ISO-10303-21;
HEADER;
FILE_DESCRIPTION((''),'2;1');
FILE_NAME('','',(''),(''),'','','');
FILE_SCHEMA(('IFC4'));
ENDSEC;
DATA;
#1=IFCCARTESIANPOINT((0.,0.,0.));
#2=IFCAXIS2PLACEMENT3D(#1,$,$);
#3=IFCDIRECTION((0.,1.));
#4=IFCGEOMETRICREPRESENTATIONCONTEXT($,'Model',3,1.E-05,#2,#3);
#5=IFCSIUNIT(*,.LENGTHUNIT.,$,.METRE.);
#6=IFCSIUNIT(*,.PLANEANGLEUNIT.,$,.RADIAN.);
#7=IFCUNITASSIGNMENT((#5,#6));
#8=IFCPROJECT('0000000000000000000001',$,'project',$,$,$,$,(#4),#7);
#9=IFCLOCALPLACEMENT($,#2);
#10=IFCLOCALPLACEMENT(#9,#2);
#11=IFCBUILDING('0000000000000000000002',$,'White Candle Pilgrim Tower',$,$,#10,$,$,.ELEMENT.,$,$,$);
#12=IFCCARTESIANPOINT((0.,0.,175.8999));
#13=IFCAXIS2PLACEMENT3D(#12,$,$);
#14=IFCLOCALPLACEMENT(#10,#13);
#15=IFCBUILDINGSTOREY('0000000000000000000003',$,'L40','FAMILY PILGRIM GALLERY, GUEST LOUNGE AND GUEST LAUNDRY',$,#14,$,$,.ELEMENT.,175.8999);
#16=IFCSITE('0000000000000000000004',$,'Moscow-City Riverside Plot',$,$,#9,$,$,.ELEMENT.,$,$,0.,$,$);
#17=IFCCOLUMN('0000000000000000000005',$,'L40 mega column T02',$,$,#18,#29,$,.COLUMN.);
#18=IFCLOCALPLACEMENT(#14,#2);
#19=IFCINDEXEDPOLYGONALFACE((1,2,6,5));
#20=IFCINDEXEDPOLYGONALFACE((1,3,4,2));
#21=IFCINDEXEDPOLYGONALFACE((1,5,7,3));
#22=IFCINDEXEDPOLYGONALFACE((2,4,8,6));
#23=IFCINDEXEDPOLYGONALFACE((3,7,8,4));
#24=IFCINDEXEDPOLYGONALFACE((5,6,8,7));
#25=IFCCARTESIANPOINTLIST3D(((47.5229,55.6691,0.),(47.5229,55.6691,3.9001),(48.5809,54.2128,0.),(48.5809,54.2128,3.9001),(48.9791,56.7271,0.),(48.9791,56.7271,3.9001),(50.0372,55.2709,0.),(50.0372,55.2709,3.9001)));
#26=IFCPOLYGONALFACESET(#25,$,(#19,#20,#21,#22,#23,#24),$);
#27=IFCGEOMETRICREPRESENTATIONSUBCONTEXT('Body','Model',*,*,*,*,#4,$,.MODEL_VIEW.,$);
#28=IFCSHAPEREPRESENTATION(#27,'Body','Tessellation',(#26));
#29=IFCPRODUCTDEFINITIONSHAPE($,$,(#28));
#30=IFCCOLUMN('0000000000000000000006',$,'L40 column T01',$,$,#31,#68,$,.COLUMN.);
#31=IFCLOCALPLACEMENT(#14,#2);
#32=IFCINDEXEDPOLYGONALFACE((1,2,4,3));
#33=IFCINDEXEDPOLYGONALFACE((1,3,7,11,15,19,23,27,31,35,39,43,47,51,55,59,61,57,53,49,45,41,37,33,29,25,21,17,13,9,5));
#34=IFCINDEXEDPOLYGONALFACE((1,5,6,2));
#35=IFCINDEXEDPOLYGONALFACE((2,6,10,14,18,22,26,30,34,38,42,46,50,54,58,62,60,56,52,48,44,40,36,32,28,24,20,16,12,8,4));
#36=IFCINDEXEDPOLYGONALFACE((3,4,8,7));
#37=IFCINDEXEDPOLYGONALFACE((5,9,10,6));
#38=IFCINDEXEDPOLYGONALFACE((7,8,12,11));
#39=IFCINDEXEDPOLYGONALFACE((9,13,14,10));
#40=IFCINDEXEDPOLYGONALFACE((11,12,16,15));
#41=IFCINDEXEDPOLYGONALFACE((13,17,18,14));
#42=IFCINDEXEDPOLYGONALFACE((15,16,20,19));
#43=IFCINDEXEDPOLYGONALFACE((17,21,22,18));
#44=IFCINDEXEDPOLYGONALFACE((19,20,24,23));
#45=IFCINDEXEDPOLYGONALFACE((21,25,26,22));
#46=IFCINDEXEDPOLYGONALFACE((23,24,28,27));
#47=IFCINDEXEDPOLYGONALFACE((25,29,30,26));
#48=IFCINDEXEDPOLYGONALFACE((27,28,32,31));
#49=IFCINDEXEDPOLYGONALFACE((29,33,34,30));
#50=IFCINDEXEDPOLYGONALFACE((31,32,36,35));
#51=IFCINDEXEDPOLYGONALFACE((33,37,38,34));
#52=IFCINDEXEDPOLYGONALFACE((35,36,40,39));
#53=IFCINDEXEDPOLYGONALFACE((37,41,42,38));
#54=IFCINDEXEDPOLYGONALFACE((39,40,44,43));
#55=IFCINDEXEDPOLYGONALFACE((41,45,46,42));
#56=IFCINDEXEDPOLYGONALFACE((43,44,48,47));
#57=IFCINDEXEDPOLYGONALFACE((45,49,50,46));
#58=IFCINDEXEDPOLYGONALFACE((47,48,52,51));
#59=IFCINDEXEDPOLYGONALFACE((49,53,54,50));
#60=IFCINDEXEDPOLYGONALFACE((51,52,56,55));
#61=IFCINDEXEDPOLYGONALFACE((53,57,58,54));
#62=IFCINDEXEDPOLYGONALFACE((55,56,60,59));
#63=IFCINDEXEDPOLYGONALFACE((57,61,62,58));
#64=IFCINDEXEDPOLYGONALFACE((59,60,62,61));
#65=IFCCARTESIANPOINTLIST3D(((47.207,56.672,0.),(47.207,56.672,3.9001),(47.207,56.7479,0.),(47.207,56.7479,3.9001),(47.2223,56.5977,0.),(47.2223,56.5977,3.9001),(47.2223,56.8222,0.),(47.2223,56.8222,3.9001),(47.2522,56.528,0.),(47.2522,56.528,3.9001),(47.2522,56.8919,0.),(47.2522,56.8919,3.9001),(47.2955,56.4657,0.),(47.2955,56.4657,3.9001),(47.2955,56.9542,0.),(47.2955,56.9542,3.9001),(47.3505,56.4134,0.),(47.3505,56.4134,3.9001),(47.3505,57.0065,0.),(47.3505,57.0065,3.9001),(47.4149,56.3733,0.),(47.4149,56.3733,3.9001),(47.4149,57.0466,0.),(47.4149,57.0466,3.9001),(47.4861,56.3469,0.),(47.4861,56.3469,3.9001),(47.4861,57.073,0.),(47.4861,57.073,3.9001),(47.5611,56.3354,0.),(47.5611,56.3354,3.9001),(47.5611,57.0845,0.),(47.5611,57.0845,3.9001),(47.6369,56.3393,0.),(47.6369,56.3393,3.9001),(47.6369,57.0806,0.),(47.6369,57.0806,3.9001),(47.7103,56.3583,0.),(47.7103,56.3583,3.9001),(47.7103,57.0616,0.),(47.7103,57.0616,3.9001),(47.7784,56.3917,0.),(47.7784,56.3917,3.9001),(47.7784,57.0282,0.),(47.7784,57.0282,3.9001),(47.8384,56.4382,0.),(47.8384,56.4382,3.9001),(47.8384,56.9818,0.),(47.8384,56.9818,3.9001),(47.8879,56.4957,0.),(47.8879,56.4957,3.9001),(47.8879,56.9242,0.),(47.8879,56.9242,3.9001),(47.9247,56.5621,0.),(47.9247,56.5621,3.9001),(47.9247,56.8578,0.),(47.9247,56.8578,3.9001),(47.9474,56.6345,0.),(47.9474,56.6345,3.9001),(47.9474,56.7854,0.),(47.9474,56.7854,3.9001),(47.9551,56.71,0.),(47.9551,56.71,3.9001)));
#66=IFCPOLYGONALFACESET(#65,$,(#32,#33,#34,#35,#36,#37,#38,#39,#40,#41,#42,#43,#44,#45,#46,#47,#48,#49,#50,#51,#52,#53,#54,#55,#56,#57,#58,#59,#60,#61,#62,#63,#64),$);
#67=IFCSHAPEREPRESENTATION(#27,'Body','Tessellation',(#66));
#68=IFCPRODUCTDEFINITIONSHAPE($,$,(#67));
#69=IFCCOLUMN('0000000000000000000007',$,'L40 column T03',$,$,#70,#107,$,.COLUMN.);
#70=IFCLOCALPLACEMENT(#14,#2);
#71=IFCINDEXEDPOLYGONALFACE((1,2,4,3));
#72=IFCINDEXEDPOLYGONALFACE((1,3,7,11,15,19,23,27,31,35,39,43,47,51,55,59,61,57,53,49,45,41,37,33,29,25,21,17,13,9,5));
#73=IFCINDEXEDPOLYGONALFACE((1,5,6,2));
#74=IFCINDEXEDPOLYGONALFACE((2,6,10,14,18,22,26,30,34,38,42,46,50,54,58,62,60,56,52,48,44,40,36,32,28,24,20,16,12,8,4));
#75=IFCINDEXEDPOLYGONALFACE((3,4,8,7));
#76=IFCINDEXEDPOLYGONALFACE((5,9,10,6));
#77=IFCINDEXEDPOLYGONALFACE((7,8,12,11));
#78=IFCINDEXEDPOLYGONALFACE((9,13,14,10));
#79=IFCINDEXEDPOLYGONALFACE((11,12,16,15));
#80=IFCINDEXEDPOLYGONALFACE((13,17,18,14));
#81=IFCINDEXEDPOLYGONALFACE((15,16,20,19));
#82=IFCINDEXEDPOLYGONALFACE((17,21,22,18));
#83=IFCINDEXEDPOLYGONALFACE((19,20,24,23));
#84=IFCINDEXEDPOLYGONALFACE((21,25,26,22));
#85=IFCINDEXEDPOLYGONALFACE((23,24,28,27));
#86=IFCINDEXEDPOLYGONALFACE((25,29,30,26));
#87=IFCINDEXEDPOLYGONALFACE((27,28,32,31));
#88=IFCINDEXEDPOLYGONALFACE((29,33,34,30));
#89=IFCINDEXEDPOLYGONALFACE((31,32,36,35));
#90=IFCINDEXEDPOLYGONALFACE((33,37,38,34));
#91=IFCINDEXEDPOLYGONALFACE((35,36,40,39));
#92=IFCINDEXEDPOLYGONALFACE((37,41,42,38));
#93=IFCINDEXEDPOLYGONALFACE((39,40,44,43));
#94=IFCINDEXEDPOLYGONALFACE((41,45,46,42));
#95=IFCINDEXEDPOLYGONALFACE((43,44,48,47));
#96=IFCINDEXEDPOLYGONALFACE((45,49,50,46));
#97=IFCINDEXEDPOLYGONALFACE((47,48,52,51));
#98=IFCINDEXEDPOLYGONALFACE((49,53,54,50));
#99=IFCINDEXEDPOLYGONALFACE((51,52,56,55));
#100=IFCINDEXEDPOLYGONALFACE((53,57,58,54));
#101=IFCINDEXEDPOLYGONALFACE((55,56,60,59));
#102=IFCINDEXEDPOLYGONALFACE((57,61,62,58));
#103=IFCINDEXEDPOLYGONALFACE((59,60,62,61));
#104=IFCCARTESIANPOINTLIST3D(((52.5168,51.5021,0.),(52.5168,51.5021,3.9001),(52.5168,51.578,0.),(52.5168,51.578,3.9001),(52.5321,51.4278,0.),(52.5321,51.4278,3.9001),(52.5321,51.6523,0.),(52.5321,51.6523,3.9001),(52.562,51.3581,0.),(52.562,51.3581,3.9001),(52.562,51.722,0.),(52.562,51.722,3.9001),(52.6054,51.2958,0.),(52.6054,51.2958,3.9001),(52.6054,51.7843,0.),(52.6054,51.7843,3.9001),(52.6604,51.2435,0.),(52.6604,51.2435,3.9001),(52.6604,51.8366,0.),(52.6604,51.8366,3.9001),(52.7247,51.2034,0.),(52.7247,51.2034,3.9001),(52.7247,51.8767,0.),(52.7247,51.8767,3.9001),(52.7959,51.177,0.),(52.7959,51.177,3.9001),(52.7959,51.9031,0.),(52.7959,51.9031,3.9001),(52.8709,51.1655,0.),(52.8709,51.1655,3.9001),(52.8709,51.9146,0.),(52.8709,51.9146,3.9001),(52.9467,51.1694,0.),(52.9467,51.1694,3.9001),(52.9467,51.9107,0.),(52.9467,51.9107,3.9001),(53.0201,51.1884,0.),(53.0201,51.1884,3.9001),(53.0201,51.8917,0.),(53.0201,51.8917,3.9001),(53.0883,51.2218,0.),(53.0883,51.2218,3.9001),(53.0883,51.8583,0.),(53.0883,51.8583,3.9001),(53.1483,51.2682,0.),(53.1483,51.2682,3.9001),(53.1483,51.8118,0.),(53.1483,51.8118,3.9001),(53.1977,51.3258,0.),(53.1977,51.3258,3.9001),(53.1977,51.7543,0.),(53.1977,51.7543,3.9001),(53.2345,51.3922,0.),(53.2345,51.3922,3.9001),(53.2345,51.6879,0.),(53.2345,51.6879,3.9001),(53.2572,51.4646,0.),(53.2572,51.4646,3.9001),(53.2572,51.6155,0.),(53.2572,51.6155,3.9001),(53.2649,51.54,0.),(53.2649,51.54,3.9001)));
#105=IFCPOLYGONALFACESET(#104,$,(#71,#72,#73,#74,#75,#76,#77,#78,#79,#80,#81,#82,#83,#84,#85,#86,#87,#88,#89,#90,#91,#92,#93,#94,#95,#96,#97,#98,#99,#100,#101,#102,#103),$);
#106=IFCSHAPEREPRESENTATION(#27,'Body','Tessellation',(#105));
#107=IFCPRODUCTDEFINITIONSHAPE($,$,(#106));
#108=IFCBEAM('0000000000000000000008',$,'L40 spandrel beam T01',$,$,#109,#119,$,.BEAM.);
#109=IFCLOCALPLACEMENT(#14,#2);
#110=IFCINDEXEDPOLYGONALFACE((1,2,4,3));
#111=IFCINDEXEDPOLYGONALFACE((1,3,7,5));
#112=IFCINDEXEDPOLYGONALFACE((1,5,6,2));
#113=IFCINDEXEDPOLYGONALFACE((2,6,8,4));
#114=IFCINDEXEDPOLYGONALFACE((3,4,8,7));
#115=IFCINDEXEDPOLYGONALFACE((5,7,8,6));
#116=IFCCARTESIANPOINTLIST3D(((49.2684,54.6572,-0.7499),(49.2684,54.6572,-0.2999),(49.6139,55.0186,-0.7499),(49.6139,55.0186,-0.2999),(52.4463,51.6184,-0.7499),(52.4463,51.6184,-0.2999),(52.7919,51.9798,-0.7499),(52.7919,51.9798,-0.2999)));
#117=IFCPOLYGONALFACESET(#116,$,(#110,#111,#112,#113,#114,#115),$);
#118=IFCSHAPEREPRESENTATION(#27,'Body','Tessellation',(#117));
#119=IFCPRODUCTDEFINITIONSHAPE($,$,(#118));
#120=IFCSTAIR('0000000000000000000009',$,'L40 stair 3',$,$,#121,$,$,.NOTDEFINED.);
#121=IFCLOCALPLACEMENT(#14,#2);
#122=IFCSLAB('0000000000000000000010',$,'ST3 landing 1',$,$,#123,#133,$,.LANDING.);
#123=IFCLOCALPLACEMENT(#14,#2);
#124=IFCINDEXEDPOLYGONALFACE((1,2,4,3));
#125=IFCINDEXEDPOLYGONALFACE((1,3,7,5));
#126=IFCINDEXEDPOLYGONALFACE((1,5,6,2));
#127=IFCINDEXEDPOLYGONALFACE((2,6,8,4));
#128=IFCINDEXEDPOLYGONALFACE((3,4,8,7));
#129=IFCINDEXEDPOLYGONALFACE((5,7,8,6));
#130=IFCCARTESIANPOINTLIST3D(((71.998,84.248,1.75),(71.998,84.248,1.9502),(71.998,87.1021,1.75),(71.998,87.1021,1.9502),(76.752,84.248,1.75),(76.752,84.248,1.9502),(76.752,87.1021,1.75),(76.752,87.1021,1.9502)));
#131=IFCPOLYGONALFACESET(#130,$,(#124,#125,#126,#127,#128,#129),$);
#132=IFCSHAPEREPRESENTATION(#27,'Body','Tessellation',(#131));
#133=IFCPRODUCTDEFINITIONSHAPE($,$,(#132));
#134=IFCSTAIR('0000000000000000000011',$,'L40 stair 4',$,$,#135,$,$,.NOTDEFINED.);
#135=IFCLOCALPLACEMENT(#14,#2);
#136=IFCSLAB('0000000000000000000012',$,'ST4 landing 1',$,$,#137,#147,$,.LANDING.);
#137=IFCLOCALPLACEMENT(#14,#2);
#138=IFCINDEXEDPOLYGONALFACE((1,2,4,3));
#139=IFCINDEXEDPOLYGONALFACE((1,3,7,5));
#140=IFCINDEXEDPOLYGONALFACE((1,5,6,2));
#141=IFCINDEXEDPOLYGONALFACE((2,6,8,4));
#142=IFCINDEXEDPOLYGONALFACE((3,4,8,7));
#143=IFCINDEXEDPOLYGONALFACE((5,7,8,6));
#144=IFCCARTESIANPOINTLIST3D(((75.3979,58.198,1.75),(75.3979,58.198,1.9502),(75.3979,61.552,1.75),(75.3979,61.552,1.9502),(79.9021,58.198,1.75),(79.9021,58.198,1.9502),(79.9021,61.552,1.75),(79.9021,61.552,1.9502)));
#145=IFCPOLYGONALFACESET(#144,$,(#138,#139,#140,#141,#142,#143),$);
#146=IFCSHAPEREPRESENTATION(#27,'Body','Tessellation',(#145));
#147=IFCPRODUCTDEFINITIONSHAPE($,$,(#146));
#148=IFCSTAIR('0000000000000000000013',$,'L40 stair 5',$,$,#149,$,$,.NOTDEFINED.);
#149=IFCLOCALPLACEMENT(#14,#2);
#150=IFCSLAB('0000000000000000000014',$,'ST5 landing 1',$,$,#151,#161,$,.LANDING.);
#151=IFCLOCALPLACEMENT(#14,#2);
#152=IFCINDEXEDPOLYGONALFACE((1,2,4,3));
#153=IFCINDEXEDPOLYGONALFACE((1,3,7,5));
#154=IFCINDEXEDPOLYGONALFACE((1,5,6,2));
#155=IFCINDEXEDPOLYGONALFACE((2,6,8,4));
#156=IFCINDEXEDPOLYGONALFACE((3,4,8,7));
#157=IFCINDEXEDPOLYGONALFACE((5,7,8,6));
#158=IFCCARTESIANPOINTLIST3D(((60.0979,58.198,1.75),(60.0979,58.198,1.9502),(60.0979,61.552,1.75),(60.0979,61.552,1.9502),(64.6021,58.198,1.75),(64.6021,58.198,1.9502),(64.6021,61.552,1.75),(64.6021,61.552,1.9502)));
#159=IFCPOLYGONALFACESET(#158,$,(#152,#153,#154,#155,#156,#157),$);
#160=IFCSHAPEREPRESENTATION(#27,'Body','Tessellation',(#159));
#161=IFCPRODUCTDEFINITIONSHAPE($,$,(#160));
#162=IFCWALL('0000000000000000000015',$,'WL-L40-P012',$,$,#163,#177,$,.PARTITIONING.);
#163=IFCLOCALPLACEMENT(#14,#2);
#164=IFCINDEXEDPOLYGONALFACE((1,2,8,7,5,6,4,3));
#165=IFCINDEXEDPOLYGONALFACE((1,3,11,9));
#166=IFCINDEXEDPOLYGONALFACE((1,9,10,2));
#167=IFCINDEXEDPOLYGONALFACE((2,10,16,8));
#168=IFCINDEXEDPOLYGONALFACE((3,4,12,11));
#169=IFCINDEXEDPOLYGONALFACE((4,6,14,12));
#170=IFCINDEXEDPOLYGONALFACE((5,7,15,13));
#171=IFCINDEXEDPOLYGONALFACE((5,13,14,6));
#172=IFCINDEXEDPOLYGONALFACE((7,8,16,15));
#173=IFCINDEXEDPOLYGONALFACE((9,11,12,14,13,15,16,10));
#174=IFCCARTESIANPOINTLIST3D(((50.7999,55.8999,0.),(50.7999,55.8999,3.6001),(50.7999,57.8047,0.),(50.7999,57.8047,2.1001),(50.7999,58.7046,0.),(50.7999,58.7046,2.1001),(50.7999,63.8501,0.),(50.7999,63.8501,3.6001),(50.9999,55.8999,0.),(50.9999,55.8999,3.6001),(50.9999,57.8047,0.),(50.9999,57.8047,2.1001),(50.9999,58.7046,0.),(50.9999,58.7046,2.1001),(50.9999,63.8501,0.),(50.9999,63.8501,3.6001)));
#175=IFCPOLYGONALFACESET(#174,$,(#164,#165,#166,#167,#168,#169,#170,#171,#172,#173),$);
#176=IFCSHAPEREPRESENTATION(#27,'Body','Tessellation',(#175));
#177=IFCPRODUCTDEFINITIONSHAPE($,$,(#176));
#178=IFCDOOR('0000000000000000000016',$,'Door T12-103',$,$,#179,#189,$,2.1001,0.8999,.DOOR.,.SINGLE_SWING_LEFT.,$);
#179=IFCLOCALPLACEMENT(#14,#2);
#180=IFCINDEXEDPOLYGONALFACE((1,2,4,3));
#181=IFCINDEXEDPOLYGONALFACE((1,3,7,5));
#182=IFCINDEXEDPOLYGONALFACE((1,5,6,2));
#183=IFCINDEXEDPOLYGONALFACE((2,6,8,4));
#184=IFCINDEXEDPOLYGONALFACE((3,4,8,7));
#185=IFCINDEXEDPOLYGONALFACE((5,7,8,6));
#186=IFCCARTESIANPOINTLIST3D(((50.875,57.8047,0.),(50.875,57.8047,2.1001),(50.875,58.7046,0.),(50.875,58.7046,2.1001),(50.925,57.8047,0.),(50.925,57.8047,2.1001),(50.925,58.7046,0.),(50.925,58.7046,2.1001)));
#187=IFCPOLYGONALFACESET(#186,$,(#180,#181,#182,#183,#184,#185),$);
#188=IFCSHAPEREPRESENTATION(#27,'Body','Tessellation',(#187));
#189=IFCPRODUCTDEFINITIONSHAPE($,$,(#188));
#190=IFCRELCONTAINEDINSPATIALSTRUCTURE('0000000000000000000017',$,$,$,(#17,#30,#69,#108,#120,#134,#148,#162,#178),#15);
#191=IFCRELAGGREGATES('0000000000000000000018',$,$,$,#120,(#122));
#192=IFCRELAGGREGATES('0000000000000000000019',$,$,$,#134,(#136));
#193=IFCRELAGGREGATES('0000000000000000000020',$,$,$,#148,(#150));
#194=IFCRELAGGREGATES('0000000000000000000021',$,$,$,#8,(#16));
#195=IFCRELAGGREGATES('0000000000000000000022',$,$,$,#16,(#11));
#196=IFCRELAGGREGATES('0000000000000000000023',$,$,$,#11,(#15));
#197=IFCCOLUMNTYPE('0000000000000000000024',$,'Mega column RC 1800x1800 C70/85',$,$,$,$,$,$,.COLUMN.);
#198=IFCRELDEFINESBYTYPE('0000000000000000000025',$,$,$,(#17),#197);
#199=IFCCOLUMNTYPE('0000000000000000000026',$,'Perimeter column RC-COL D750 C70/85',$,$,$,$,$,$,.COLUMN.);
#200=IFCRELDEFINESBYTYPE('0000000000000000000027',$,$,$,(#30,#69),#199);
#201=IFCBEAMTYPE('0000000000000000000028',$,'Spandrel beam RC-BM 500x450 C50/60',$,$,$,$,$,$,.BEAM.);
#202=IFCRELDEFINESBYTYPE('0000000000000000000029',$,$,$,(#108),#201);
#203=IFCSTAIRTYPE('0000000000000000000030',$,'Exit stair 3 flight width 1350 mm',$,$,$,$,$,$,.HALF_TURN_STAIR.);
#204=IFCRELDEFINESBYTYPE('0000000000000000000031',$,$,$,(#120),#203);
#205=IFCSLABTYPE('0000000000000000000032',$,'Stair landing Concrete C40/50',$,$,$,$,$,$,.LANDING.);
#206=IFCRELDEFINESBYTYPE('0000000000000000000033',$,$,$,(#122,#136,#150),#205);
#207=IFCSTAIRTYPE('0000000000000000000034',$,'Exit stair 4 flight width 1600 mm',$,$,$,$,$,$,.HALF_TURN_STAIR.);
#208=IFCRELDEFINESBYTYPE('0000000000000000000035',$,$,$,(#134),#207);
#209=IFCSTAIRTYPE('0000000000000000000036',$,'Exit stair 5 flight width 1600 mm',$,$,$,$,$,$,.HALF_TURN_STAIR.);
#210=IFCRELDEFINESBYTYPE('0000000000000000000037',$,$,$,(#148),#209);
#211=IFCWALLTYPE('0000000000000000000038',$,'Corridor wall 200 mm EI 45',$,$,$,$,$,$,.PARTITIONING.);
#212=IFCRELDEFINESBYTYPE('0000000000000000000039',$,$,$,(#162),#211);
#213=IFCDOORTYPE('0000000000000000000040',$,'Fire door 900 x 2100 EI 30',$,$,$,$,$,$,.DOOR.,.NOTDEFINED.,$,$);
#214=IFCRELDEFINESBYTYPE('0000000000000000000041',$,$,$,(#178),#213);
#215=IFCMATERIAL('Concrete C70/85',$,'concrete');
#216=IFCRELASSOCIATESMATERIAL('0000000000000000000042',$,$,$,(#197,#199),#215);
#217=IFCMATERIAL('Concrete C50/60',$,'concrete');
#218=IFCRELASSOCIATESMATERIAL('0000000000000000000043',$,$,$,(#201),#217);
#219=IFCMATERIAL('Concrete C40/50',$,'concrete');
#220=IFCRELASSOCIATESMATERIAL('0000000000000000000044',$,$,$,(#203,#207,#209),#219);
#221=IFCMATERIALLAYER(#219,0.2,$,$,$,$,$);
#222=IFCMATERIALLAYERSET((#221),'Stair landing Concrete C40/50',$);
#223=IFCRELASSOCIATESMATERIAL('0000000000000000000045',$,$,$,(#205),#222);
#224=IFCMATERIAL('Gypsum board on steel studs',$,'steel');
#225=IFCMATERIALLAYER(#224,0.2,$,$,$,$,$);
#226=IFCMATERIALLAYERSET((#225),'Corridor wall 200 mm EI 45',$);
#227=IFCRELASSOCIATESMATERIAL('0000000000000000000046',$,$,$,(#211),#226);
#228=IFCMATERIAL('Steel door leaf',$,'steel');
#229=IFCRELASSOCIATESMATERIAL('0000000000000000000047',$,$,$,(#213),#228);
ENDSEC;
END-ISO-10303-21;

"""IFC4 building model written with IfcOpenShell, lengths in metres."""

from ifc_helpers import new_model, si_unit, direction, frame, frame_2d, origin, origin_2d, place, context, subcontext, project, spatial, polyline, rectangle, circle, outline, extrude, material, layer, layer_set, material_profile, profile_set, type_object, element, fill, aggregate, save


model = new_model("IFC4")

# Units and contexts
model_context = context("Model", 3, precision=1e-05, world=origin(), true_north=direction((0.0, 1.0)))
body_context = subcontext(model_context, "Body", "Model", "MODEL_VIEW")
ifc_project = project(units=[si_unit("LENGTHUNIT", "METRE"), si_unit("PLANEANGLEUNIT", "RADIAN")], contexts=[model_context])

# Site, building, storey
site_placement = place(None, origin())
site = spatial("IfcSite", under=ifc_project, at=site_placement, Name="Moscow-City Riverside Plot", CompositionType="ELEMENT", RefElevation=0.0)
building_placement = place(site_placement, origin())
building = spatial("IfcBuilding", under=site, at=building_placement, Name="White Candle Pilgrim Tower", CompositionType="ELEMENT")
storey_placement = place(building_placement, frame((0.0, 0.0, 175.8999)))
storey = spatial("IfcBuildingStorey", under=building, at=storey_placement, Name="L40", Description="FAMILY PILGRIM GALLERY, GUEST LOUNGE AND GUEST LAUNDRY", CompositionType="ELEMENT", Elevation=175.8999)

# Columns
ifc_material_1 = material(Name="Concrete C70/85", Category="concrete")
ifc_material_profile_1 = material_profile(ifc_material_1, rectangle(XDim=1.8, YDim=1.8, at=origin_2d()), Name="RC 1800x1800")
ifc_profile_set_1 = profile_set([ifc_material_profile_1], Name="Concrete C70/85")
column_type_1 = type_object("IfcColumnType", Name="Mega column RC 1800x1800 C70/85", PredefinedType="COLUMN", material=ifc_profile_set_1)
column_placement = place(storey_placement, frame((48.78, 55.47, 0.0), z_axis=(0.0, 0.0, 1.0), x_axis=(-0.809017, -0.587785, 0.0)))
element("IfcColumn", 1, at=column_placement, inside=storey, type_object=column_type_1, Name="L40 mega column T02", PredefinedType="COLUMN", context=body_context, shape_type="SweptSolid", body=[
    extrude(rectangle(XDim=1.8, YDim=1.8, at=origin_2d()), origin(), (0.0, 0.0, 1.0), 3.9001),
])
ifc_material_profile_2 = material_profile(ifc_material_1, circle(Radius=0.375, at=origin_2d()), Name="RC-COL D750")
ifc_profile_set_2 = profile_set([ifc_material_profile_2], Name="Concrete C70/85")
column_type_2 = type_object("IfcColumnType", Name="Perimeter column RC-COL D750 C70/85", PredefinedType="COLUMN", material=ifc_profile_set_2)
for number, where, z_axis, x_axis, name in (
    (2, (47.5801, 56.71, 0.0), (0.0, 0.0, 1.0), (1.0, 0.0, 0.0), "L40 column T01"),
    (3, (52.8899, 51.54, 0.0), (0.0, 0.0, 1.0), (1.0, 0.0, 0.0), "L40 column T03"),
):
    element("IfcColumn", number, at=place(storey_placement, frame(where, z_axis=z_axis, x_axis=x_axis)), inside=storey, type_object=column_type_2, Name=name, PredefinedType="COLUMN", context=body_context, shape_type="SweptSolid", body=[
        extrude(circle(Radius=0.375, at=origin_2d()), origin(), (0.0, 0.0, 1.0), 3.9001),
    ])

# Beam
ifc_material_2 = material(Name="Concrete C50/60", Category="concrete")
ifc_material_profile_3 = material_profile(ifc_material_2, rectangle(XDim=0.5, YDim=0.45, at=origin_2d()), Name="RC-BM 500x450")
ifc_profile_set_3 = profile_set([ifc_material_profile_3], Name="Concrete C50/60")
beam_type = type_object("IfcBeamType", Name="Spandrel beam RC-BM 500x450 C50/60", PredefinedType="BEAM", material=ifc_profile_set_3)
beam_placement = place(storey_placement, frame((49.4412, 54.8379, -0.5249), z_axis=(0.722754, -0.691105, 0.0), x_axis=(0.691105, 0.722754, 0.0)))
element("IfcBeam", 4, at=beam_placement, inside=storey, type_object=beam_type, Name="L40 spandrel beam T01", PredefinedType="BEAM", context=body_context, shape_type="SweptSolid", body=[
    extrude(rectangle(XDim=0.5, YDim=0.45, at=origin_2d()), origin(), (0.0, 0.0, 1.0), 4.397),
])

# Stairs, slabs
ifc_material_3 = material(Name="Concrete C40/50", Category="concrete")
stair_type_1 = type_object("IfcStairType", Name="Exit stair 3 flight width 1350 mm", PredefinedType="HALF_TURN_STAIR", material=ifc_material_3)
stair_1_placement = place(storey_placement, origin())
stair_1 = element("IfcStair", 5, at=stair_1_placement, inside=storey, type_object=stair_type_1, Name="L40 stair 3", PredefinedType="NOTDEFINED")
ifc_layer_1 = layer(ifc_material_3, 0.2)
ifc_layer_set_1 = layer_set([ifc_layer_1], Name="Stair landing Concrete C40/50")
slab_type = type_object("IfcSlabType", Name="Stair landing Concrete C40/50", PredefinedType="LANDING", material=ifc_layer_set_1)
slab_1_placement = place(storey_placement, frame((0.0, 0.0, 1.75)))
slab_1 = element("IfcSlab", 6, at=slab_1_placement, type_object=slab_type, Name="ST3 landing 1", PredefinedType="LANDING", context=body_context, shape_type="SweptSolid", body=[
    extrude(outline(polyline([(71.998, 84.248), (71.998, 87.1021), (76.752, 87.1021), (76.752, 84.248), (71.998, 84.248)])), origin(), (0.0, 0.0, 1.0), 0.2002),
])
aggregate(stair_1, [slab_1])
stair_type_2 = type_object("IfcStairType", Name="Exit stair 4 flight width 1600 mm", PredefinedType="HALF_TURN_STAIR", material=ifc_material_3)
stair_2_placement = place(storey_placement, origin())
stair_2 = element("IfcStair", 7, at=stair_2_placement, inside=storey, type_object=stair_type_2, Name="L40 stair 4", PredefinedType="NOTDEFINED")
slab_2_placement = place(storey_placement, frame((0.0, 0.0, 1.75)))
slab_2 = element("IfcSlab", 8, at=slab_2_placement, type_object=slab_type, Name="ST4 landing 1", PredefinedType="LANDING", context=body_context, shape_type="SweptSolid", body=[
    extrude(outline(polyline([(79.9021, 61.552), (79.9021, 58.198), (75.3979, 58.198), (75.3979, 61.552), (79.9021, 61.552)])), origin(), (0.0, 0.0, 1.0), 0.2002),
])
aggregate(stair_2, [slab_2])
stair_type_3 = type_object("IfcStairType", Name="Exit stair 5 flight width 1600 mm", PredefinedType="HALF_TURN_STAIR", material=ifc_material_3)
stair_3_placement = place(storey_placement, origin())
stair_3 = element("IfcStair", 9, at=stair_3_placement, inside=storey, type_object=stair_type_3, Name="L40 stair 5", PredefinedType="NOTDEFINED")
slab_3_placement = place(storey_placement, frame((0.0, 0.0, 1.75)))
slab_3 = element("IfcSlab", 10, at=slab_3_placement, type_object=slab_type, Name="ST5 landing 1", PredefinedType="LANDING", context=body_context, shape_type="SweptSolid", body=[
    extrude(outline(polyline([(60.0979, 58.198), (60.0979, 61.552), (64.6021, 61.552), (64.6021, 58.198), (60.0979, 58.198)])), origin(), (0.0, 0.0, 1.0), 0.2002),
])
aggregate(stair_3, [slab_3])

# Wall, opening, door
ifc_material_4 = material(Name="Gypsum board on steel studs", Category="steel")
ifc_layer_2 = layer(ifc_material_4, 0.2)
ifc_layer_set_2 = layer_set([ifc_layer_2], Name="Corridor wall 200 mm EI 45")
wall_type_1 = type_object("IfcWallType", Name="Corridor wall 200 mm EI 45", PredefinedType="PARTITIONING", material=ifc_layer_set_2)
wall_1_placement = place(storey_placement, frame((50.8999, 55.8999, 0.0), z_axis=(0.0, 0.0, 1.0), x_axis=(0.0, 1.0, 0.0)))
wall_1 = element("IfcWall", 11, at=wall_1_placement, inside=storey, type_object=wall_type_1, Name="WL-L40-P012", PredefinedType="PARTITIONING", context=body_context, shape_type="SweptSolid", body=[
    extrude(rectangle(XDim=7.9502, YDim=0.2, at=frame_2d((3.9751, 0.0))), origin(), (0.0, 0.0, 1.0), 3.6001),
])
opening_1_placement = place(wall_1_placement, frame((1.9048, 0.0, 0.0)))
opening_1 = element("IfcOpeningElement", 12, at=opening_1_placement, cuts=wall_1, PredefinedType="OPENING", context=body_context, shape_type="SweptSolid", body=[
    extrude(rectangle(XDim=0.8999, YDim=2.1001, at=frame_2d((0.45, 1.05))), frame((0.0, 0.1099, 0.0), z_axis=(0.0, -1.0, 0.0), x_axis=(1.0, 0.0, 0.0)), (0.0, 0.0, 1.0), 0.22),
])
ifc_material_5 = material(Name="Steel door leaf", Category="steel")
door_type_1 = type_object("IfcDoorType", Name="Fire door 900 x 2100 EI 30", OperationType="NOTDEFINED", PredefinedType="DOOR", material=ifc_material_5)
door_1_placement = place(opening_1_placement, origin())
door_1 = element("IfcDoor", 13, at=door_1_placement, inside=storey, type_object=door_type_1, Name="Door T12-103", OperationType="SINGLE_SWING_LEFT", OverallHeight=2.1001, OverallWidth=0.8999, PredefinedType="DOOR", context=body_context, shape_type="SweptSolid", body=[
    extrude(rectangle(XDim=0.8999, YDim=2.1001, at=frame_2d((0.45, 1.05))), frame((0.0, 0.0249, 0.0), z_axis=(0.0, -1.0, 0.0), x_axis=(1.0, 0.0, 0.0)), (0.0, 0.0, 1.0), 0.05),
])
fill(opening_1, door_1)

save(model, "model.ifc")
